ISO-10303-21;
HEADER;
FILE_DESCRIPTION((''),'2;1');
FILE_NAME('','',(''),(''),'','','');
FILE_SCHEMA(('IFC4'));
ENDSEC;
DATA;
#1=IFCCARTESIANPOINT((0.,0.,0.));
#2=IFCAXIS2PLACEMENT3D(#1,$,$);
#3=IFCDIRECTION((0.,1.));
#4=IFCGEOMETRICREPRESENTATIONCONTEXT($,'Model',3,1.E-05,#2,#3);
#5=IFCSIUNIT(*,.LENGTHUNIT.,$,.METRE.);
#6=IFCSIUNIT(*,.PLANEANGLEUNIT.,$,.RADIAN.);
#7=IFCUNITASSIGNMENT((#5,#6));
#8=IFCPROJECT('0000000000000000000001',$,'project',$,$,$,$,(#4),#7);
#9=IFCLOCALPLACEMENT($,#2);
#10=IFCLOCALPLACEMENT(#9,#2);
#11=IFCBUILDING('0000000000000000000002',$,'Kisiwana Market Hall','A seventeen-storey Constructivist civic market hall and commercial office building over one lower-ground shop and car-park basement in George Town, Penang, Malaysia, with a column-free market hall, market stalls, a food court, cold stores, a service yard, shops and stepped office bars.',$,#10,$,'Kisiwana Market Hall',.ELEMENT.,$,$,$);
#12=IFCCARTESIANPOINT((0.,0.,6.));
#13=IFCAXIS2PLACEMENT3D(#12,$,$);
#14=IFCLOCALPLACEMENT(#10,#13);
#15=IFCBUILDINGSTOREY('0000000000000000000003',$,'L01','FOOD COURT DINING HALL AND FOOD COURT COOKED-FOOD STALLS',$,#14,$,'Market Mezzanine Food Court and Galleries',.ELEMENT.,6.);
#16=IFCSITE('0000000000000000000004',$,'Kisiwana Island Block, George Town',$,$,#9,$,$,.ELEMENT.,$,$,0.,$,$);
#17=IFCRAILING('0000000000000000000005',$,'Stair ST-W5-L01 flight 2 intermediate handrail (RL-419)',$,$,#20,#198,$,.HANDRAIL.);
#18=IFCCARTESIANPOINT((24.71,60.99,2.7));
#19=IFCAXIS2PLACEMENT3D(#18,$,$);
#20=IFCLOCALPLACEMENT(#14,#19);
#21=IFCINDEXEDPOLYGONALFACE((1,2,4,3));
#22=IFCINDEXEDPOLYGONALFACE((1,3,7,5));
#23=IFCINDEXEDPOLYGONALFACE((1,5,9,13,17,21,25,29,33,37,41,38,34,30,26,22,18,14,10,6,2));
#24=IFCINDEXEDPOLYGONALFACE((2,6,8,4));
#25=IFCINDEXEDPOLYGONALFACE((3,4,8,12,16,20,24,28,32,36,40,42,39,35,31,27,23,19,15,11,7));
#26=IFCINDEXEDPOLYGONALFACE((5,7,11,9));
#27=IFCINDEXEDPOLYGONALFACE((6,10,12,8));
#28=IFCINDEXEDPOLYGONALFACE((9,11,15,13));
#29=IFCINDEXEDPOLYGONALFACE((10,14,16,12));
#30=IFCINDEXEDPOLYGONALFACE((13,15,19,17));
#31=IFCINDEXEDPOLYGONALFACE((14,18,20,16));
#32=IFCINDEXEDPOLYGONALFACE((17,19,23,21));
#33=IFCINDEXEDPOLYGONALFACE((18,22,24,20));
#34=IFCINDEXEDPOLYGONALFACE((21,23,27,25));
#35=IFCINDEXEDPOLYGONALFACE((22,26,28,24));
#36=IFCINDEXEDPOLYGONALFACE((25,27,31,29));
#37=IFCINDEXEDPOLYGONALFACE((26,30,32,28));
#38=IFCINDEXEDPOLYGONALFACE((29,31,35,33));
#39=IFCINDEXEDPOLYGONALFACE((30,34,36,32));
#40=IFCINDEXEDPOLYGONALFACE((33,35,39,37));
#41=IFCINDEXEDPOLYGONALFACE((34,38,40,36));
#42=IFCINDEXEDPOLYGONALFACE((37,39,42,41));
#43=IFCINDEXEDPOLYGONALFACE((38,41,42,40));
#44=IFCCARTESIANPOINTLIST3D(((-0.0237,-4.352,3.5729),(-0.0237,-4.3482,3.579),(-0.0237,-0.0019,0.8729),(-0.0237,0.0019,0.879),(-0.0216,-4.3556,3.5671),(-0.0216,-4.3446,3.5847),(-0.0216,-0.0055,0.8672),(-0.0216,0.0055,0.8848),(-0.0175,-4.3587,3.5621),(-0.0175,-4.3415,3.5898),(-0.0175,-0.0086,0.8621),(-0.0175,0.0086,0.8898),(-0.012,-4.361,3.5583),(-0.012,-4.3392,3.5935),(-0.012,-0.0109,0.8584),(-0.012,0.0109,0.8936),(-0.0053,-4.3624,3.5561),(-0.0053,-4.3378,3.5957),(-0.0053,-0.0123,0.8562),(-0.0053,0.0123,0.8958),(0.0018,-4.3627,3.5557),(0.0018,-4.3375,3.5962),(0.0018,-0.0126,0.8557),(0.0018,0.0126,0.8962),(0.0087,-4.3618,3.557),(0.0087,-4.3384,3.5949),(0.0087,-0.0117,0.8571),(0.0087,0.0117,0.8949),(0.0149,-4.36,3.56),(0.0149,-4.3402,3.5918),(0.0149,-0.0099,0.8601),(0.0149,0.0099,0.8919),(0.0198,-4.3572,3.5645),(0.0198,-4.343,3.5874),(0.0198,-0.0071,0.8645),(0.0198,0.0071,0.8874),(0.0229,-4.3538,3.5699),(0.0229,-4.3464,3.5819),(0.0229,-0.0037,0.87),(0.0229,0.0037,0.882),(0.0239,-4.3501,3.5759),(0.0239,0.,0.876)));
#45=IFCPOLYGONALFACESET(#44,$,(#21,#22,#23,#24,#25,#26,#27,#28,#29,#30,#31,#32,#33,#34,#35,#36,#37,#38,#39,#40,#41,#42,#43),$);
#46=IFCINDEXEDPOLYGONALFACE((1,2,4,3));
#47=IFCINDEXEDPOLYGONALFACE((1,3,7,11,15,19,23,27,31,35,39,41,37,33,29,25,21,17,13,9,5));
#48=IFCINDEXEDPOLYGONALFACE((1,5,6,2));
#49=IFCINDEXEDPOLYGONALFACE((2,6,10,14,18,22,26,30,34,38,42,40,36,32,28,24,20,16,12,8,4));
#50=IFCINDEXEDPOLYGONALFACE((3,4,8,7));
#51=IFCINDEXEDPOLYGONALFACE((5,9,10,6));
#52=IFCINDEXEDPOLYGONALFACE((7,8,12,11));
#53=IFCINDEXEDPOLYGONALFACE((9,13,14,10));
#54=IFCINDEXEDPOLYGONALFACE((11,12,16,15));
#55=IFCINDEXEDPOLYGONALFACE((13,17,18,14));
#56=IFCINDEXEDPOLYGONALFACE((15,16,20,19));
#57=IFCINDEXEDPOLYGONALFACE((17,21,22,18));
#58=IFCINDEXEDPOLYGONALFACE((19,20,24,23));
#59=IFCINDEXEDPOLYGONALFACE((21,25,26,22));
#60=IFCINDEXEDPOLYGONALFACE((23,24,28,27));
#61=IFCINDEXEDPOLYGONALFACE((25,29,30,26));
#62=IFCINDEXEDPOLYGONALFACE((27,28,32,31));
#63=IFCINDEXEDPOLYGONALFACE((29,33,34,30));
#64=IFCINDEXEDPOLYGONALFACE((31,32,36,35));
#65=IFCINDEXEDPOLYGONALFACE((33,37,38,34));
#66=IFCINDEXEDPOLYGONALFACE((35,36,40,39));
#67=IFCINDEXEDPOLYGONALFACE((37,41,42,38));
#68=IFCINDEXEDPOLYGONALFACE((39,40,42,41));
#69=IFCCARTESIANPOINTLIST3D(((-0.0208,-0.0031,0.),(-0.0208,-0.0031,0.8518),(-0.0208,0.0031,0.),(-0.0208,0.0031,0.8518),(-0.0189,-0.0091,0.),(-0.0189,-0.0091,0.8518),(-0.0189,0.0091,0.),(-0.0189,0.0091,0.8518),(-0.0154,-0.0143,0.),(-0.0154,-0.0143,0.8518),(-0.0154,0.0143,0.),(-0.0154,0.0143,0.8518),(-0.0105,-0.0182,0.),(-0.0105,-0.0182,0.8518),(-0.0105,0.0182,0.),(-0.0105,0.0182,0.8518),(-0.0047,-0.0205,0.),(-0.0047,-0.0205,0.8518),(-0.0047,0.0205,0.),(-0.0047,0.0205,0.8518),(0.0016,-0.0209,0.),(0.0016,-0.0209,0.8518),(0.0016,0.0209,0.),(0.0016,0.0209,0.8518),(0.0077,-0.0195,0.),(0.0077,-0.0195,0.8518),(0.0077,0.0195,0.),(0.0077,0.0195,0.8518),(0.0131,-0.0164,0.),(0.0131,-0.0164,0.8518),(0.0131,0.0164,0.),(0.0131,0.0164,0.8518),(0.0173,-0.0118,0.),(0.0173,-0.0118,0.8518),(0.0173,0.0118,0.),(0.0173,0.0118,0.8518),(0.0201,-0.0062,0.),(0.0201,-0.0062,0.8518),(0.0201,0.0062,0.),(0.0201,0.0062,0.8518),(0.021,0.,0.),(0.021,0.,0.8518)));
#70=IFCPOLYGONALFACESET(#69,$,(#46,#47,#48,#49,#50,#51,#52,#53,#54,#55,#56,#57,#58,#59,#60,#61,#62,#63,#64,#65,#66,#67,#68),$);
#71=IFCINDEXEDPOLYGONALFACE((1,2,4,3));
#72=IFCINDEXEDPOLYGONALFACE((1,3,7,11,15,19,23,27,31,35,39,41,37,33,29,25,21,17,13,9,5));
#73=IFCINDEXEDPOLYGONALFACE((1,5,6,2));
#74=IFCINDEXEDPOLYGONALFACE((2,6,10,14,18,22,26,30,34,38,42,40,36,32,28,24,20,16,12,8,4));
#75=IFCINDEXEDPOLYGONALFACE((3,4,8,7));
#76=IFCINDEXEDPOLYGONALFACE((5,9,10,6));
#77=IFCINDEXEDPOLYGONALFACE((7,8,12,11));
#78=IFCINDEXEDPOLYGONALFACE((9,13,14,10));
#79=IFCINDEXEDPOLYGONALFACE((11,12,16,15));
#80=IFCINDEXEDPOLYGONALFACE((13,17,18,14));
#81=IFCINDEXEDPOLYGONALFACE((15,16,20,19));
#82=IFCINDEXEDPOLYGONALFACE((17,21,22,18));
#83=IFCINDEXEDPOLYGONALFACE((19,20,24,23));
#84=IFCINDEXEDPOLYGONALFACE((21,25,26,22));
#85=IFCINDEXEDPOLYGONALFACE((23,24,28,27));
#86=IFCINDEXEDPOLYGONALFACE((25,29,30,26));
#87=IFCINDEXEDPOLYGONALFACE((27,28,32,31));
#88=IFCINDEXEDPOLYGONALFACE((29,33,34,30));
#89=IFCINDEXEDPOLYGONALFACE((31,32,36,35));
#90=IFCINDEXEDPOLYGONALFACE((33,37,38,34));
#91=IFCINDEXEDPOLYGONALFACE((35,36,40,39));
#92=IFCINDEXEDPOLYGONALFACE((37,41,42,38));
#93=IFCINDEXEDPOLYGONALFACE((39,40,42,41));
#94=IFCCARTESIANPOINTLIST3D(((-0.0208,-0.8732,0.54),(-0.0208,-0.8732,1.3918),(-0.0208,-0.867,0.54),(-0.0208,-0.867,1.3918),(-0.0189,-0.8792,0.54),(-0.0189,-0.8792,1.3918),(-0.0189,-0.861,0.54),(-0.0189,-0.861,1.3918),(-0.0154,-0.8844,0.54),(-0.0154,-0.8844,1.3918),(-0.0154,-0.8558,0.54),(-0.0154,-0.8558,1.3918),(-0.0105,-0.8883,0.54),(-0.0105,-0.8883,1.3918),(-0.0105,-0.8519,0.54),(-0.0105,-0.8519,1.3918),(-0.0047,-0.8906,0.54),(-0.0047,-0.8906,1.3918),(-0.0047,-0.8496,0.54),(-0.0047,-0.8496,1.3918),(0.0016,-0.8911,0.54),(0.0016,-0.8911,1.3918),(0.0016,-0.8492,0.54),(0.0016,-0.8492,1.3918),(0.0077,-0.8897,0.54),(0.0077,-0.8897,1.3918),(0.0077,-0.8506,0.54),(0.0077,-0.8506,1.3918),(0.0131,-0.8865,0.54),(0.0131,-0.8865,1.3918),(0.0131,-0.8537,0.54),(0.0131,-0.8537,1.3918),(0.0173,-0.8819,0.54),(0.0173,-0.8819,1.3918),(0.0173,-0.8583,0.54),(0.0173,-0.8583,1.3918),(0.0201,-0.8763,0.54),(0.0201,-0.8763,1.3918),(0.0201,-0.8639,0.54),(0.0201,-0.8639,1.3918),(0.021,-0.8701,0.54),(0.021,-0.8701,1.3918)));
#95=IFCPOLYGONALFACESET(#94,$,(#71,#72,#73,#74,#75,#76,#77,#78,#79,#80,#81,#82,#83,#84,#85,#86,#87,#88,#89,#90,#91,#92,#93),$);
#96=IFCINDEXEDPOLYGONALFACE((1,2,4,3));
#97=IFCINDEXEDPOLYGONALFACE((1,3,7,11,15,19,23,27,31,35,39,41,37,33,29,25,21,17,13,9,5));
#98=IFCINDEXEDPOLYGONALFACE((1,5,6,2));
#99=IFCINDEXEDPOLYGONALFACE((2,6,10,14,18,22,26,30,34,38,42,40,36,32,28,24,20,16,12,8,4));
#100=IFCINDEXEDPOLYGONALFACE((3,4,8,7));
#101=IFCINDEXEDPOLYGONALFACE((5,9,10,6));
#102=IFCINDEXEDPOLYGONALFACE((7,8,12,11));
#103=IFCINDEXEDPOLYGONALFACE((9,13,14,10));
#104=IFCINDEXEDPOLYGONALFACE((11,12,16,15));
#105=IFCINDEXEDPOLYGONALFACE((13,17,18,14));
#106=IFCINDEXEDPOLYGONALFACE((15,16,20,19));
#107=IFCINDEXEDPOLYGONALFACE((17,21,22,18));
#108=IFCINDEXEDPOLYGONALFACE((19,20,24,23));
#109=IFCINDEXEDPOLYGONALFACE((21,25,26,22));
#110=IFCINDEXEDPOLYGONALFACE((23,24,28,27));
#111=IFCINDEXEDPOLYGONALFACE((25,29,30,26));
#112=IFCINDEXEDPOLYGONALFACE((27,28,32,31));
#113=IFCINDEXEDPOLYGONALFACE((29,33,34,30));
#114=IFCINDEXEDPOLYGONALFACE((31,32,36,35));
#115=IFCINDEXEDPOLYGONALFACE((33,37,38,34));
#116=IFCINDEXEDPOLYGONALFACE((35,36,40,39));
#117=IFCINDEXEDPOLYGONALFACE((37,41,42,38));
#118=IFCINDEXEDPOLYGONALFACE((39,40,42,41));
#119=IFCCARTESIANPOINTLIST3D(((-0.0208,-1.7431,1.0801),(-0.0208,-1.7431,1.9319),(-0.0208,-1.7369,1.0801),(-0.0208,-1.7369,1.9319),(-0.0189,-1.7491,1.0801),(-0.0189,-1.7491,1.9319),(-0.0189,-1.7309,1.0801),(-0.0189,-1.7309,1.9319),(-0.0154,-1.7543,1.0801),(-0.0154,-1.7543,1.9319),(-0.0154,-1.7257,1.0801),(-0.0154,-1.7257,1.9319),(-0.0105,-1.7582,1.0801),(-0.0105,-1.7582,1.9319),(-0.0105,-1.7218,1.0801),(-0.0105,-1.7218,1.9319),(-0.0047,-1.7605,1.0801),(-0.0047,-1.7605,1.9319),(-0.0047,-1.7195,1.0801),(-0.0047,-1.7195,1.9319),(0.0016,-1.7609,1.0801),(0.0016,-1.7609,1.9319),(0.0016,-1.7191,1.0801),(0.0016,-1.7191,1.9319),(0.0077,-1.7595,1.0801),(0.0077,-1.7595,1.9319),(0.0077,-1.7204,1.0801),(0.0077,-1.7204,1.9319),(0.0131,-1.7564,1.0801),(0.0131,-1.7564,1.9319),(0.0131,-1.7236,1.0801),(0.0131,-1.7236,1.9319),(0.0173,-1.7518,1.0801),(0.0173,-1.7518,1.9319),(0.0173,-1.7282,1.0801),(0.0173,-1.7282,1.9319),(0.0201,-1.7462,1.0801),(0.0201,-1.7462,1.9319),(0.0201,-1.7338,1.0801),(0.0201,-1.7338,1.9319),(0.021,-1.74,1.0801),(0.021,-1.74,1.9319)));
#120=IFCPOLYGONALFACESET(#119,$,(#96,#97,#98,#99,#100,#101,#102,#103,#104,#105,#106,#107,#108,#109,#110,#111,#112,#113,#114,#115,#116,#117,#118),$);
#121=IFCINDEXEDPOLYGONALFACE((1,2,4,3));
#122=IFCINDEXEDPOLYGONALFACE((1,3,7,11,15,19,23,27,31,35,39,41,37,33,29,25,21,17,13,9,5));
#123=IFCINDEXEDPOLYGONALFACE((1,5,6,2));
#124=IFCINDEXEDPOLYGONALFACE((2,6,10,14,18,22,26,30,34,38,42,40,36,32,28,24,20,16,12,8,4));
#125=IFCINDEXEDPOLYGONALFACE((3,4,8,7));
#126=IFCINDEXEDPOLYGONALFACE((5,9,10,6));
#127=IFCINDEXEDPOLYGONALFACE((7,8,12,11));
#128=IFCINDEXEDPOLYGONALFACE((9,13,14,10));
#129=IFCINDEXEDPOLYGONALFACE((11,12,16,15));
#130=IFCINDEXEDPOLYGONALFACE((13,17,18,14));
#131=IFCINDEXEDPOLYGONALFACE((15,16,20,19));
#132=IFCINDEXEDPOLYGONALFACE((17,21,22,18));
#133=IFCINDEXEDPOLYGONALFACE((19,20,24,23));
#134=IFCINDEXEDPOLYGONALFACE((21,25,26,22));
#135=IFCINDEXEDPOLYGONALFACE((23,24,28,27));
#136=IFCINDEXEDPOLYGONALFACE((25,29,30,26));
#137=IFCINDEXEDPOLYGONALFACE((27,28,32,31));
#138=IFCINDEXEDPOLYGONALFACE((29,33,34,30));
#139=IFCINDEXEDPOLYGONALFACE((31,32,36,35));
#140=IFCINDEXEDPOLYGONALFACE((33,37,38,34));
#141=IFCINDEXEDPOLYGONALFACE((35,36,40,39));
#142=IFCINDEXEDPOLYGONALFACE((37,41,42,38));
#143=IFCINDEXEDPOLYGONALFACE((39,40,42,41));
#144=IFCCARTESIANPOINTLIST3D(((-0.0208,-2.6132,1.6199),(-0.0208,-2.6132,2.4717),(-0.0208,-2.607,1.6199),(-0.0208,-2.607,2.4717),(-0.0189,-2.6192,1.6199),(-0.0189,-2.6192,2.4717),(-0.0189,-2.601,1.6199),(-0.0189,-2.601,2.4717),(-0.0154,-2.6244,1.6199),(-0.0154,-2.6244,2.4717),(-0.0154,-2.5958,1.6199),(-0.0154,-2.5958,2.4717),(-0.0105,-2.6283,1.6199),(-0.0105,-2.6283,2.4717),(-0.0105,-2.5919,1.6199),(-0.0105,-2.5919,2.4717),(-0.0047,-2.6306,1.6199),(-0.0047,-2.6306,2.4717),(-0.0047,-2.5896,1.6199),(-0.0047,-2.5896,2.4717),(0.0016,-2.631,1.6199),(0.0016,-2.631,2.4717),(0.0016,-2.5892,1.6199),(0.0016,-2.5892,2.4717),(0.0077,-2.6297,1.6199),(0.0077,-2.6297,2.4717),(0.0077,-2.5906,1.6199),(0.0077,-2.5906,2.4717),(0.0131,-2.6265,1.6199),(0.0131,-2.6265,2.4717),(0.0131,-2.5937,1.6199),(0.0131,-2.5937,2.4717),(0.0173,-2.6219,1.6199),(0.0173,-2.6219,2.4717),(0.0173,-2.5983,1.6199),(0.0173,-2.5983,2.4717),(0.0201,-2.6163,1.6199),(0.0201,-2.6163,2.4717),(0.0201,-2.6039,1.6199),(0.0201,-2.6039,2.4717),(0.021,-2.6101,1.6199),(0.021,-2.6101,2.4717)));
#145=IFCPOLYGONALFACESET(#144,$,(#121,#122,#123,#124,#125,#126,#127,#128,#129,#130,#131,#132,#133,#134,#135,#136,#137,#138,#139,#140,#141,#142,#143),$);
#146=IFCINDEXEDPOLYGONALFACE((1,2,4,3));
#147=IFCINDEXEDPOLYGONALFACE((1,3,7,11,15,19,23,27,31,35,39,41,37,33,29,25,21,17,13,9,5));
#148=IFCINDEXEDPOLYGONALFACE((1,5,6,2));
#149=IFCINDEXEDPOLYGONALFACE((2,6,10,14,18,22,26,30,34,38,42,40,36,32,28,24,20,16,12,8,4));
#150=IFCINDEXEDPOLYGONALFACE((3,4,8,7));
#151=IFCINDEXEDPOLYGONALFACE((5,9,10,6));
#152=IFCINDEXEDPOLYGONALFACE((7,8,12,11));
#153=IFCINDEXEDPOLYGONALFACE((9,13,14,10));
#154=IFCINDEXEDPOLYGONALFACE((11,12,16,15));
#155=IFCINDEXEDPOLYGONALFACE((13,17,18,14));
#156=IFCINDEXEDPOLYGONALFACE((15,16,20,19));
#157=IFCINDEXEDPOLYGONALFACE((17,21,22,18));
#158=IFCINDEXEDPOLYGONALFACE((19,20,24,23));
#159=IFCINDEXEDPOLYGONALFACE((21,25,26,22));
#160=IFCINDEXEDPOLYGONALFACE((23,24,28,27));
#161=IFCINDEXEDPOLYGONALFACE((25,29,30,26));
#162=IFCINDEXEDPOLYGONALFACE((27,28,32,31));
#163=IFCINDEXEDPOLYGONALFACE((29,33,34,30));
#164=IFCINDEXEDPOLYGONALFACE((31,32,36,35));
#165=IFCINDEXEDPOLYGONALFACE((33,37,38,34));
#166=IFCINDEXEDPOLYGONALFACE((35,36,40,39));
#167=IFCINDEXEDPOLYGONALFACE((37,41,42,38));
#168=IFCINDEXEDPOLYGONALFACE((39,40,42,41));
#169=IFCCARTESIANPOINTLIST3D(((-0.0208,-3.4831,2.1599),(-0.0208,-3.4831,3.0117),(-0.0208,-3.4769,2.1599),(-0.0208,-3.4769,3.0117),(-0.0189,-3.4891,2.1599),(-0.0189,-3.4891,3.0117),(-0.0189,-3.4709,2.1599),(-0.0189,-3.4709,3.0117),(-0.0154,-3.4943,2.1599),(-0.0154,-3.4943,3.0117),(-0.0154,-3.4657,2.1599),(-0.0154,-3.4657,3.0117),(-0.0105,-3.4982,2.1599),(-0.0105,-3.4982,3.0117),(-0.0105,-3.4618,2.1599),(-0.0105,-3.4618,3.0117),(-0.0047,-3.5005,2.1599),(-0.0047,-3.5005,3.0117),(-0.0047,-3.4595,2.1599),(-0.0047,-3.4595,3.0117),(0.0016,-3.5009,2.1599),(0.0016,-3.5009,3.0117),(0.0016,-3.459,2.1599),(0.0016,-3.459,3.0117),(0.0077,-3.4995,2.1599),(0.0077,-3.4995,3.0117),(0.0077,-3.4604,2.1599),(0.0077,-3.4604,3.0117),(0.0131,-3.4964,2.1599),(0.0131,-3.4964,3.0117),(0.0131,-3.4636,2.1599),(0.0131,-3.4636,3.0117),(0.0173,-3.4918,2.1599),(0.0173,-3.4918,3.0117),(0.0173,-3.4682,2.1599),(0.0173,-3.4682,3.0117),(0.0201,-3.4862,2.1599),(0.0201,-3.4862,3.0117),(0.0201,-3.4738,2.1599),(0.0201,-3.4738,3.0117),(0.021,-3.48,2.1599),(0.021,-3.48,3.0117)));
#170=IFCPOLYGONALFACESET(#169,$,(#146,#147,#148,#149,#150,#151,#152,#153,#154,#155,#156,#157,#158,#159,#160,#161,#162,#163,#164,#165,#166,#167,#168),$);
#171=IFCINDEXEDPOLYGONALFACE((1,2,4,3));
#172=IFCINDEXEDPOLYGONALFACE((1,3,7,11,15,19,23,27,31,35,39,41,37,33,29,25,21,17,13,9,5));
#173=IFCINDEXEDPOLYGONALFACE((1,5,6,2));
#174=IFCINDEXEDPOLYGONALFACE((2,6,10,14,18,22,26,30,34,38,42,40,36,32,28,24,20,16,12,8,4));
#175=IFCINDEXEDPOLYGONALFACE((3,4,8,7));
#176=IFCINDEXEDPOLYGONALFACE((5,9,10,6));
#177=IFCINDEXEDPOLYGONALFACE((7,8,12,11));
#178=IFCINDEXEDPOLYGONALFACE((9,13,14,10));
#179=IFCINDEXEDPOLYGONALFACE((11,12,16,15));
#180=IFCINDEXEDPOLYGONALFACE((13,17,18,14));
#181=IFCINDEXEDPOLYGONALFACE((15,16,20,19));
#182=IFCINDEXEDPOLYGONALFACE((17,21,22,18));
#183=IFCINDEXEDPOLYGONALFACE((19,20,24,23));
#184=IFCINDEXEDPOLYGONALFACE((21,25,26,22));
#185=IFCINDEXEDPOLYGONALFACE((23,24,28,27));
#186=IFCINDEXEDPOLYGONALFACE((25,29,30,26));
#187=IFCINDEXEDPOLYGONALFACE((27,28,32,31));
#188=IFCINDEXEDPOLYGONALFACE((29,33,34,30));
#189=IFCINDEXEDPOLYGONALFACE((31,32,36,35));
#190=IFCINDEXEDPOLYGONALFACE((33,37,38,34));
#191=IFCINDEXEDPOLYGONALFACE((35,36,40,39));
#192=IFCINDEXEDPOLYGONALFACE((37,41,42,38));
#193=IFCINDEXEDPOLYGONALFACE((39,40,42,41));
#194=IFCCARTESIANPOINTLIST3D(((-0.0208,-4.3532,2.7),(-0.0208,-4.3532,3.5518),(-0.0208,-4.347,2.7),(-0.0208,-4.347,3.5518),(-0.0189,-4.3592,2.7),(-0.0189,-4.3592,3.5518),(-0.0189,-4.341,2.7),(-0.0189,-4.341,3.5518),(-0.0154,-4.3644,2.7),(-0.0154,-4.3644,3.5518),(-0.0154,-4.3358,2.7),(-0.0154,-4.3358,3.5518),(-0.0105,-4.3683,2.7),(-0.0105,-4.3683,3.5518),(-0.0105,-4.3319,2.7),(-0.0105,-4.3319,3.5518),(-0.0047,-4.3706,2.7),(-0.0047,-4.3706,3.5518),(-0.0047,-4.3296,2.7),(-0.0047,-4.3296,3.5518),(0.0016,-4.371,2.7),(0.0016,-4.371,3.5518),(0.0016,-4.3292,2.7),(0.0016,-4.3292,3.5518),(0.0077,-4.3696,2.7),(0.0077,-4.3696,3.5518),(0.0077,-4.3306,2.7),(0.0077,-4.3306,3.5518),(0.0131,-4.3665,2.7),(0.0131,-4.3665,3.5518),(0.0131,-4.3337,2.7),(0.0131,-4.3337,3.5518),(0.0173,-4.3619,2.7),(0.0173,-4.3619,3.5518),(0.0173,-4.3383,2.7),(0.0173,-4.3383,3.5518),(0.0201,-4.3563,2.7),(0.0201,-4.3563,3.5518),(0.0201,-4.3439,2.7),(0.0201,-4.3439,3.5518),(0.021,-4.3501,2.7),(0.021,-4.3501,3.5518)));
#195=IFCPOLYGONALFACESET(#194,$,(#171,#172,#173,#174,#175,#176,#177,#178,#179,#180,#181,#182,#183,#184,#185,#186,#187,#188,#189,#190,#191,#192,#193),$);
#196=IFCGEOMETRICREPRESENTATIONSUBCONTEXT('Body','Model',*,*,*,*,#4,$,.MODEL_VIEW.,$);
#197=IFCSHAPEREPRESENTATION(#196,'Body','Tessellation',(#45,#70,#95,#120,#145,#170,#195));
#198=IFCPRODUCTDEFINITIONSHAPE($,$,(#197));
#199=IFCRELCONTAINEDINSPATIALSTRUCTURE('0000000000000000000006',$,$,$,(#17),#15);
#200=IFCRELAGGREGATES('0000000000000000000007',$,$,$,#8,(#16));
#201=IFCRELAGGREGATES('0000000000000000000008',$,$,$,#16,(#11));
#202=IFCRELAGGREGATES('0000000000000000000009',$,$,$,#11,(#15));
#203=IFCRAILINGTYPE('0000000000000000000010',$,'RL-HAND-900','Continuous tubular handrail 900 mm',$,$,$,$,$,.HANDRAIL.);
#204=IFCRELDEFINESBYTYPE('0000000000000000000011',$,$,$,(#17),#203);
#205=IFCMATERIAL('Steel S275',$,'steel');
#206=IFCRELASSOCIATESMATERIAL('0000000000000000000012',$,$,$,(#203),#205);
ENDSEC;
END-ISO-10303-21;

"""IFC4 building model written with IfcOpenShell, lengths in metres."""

from ifc_helpers import new_model, si_unit, direction, frame, origin, origin_2d, place, context, subcontext, project, spatial, circle, extrude, material, type_object, element, save


model = new_model("IFC4")

# Units and contexts
model_context = context("Model", 3, precision=1e-05, world=origin(), true_north=direction((0.0, 1.0)))
body_context = subcontext(model_context, "Body", "Model", "MODEL_VIEW")
ifc_project = project(units=[si_unit("LENGTHUNIT", "METRE"), si_unit("PLANEANGLEUNIT", "RADIAN")], contexts=[model_context])

# Site, building, storey
site_placement = place(None, origin())
site = spatial("IfcSite", under=ifc_project, at=site_placement, Name="Kisiwana Island Block, George Town", CompositionType="ELEMENT", RefElevation=0.0)
building_placement = place(site_placement, origin())
building = spatial("IfcBuilding", under=site, at=building_placement, Name="Kisiwana Market Hall", Description="A seventeen-storey Constructivist civic market hall and commercial office building over one lower-ground shop and car-park basement in George Town, Penang, Malaysia, with a column-free market hall, market stalls, a food court, cold stores, a service yard, shops and stepped office bars.", LongName="Kisiwana Market Hall", CompositionType="ELEMENT")
storey_placement = place(building_placement, frame((0.0, 0.0, 6.0)))
storey = spatial("IfcBuildingStorey", under=building, at=storey_placement, Name="L01", Description="FOOD COURT DINING HALL AND FOOD COURT COOKED-FOOD STALLS", LongName="Market Mezzanine Food Court and Galleries", CompositionType="ELEMENT", Elevation=6.0)

# Railing
ifc_material_1 = material(Name="Steel S275", Category="steel")
railing_type_1 = type_object("IfcRailingType", Name="RL-HAND-900", Description="Continuous tubular handrail 900 mm", PredefinedType="HANDRAIL", material=ifc_material_1)
railing_1_placement = place(storey_placement, frame((24.71, 60.99, 2.7)))
element("IfcRailing", 1, at=railing_1_placement, inside=storey, type_object=railing_type_1, Name="Stair ST-W5-L01 flight 2 intermediate handrail (RL-419)", PredefinedType="HANDRAIL", context=body_context, shape_type="SweptSolid", body=[
    extrude(circle(Radius=0.0239, at=origin_2d()), frame((0.0, 0.0, 0.876), z_axis=(0.0, -0.84965, 0.527347), x_axis=(1.0, 0.0, 0.0)), (0.0, 0.0, 1.0), 5.1199),
    extrude(circle(Radius=0.021, at=origin_2d()), origin(), (0.0, 0.0, 1.0), 0.8518),
    extrude(circle(Radius=0.021, at=origin_2d()), frame((0.0, -0.8701, 0.54)), (0.0, 0.0, 1.0), 0.8518),
    extrude(circle(Radius=0.021, at=origin_2d()), frame((0.0, -1.74, 1.0801)), (0.0, 0.0, 1.0), 0.8518),
    extrude(circle(Radius=0.021, at=origin_2d()), frame((0.0, -2.6101, 1.6199)), (0.0, 0.0, 1.0), 0.8518),
    extrude(circle(Radius=0.021, at=origin_2d()), frame((0.0, -3.48, 2.1599)), (0.0, 0.0, 1.0), 0.8518),
    extrude(circle(Radius=0.021, at=origin_2d()), frame((0.0, -4.3501, 2.7)), (0.0, 0.0, 1.0), 0.8518),
])

save(model, "model.ifc")
